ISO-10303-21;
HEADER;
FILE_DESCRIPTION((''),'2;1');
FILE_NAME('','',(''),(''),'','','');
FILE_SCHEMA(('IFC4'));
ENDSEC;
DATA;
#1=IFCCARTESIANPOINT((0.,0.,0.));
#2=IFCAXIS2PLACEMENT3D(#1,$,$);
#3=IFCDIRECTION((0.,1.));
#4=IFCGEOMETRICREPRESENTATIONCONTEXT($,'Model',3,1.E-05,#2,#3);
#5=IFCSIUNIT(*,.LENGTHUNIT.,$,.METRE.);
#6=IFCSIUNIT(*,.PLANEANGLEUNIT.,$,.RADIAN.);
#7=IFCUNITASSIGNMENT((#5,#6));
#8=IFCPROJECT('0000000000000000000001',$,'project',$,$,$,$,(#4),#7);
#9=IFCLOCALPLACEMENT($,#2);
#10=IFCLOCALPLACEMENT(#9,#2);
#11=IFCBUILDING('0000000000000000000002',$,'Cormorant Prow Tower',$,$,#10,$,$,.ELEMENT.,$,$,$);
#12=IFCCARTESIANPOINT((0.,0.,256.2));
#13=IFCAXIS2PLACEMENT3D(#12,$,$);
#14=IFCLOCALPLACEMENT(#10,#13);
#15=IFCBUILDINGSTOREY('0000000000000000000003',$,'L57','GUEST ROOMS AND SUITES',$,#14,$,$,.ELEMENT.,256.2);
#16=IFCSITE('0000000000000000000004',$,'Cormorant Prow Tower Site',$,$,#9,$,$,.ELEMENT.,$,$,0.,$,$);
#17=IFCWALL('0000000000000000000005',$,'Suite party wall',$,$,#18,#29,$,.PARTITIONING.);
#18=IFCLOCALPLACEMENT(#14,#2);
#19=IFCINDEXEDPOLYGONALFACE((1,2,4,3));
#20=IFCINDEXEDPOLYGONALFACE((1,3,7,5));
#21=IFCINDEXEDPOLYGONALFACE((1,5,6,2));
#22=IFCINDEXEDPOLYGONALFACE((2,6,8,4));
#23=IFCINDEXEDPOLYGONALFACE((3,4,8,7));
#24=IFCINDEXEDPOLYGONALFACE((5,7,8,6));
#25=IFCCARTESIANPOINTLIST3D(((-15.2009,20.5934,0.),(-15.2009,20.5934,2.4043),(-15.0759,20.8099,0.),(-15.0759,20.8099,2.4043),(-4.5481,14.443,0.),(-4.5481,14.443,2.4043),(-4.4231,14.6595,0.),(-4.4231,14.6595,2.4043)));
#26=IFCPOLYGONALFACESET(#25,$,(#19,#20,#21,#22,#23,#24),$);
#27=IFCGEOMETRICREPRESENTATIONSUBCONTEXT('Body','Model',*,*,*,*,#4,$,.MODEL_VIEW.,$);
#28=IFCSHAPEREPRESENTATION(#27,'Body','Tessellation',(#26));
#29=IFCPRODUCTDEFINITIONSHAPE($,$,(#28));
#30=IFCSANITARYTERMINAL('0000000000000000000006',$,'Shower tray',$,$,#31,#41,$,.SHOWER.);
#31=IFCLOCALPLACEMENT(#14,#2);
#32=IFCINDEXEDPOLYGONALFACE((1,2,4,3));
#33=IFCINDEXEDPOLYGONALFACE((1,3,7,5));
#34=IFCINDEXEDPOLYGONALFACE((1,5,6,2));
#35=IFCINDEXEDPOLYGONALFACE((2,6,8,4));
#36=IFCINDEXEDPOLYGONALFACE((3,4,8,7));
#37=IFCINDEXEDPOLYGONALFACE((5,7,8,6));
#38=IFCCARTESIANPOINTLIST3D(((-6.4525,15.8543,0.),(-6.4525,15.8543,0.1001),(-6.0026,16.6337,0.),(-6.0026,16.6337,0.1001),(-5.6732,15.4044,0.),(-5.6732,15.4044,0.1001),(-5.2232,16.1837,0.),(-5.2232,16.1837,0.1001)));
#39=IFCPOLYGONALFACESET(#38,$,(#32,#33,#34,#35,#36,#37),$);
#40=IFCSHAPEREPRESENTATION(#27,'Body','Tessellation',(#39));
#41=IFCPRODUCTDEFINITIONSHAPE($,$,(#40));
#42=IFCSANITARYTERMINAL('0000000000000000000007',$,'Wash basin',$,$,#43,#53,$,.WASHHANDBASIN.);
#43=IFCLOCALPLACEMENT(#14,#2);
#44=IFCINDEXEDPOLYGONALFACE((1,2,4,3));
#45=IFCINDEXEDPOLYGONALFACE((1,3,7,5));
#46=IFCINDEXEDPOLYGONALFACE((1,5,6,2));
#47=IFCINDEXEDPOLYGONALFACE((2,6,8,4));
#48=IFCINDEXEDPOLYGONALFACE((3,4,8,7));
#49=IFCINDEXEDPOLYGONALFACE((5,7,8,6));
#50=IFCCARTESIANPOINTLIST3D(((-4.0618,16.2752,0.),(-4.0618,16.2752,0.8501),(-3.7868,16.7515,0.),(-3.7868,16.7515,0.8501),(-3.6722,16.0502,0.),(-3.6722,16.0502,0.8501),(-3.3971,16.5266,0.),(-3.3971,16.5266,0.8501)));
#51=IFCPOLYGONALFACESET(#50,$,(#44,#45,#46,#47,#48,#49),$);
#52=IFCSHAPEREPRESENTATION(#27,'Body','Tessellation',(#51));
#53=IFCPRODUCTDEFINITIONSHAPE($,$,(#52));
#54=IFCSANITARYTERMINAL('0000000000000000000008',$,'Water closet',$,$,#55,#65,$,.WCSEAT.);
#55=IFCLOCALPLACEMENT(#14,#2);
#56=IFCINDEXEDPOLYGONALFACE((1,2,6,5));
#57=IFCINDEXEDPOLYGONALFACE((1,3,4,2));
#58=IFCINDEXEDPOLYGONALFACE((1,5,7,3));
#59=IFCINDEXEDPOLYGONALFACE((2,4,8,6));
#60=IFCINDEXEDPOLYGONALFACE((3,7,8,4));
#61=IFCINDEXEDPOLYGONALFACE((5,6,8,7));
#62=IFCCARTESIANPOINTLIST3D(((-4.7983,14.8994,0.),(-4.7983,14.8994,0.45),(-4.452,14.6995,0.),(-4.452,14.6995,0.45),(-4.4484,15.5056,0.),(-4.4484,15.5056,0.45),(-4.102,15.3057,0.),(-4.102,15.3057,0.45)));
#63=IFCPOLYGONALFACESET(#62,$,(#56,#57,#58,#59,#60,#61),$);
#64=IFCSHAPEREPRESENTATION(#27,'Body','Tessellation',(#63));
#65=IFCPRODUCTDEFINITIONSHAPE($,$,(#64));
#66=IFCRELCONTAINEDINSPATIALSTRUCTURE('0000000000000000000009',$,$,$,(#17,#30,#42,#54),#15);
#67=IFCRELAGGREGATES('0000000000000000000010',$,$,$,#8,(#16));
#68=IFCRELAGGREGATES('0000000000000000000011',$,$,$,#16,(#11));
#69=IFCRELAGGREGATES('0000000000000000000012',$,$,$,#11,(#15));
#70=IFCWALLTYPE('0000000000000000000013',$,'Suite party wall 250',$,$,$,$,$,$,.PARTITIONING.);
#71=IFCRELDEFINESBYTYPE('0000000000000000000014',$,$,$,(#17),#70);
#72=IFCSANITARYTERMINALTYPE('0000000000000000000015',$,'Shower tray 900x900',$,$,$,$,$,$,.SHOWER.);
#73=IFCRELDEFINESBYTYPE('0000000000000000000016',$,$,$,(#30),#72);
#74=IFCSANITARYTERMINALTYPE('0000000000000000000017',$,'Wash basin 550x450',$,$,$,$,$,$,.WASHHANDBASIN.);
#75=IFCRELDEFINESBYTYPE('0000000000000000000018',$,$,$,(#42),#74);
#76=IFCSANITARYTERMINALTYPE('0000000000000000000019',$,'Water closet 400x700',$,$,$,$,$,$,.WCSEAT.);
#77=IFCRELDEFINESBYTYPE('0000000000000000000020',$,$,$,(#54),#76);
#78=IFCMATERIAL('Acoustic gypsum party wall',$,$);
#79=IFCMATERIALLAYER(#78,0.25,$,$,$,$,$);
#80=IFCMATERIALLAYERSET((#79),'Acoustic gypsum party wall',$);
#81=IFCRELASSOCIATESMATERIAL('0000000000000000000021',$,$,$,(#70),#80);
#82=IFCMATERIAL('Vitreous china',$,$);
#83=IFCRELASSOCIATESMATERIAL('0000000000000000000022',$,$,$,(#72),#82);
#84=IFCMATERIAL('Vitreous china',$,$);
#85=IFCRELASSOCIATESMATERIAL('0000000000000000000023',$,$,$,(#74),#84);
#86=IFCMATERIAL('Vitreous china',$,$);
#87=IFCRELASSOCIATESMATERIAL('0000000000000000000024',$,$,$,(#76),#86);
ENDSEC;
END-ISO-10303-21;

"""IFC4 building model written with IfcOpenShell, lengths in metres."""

from ifc_helpers import new_model, si_unit, direction, frame, frame_2d, origin, origin_2d, place, context, subcontext, project, spatial, rectangle, extrude, material, layer, layer_set, type_object, element, save


model = new_model("IFC4")

# Units and contexts
model_context = context("Model", 3, precision=1e-05, world=origin(), true_north=direction((0.0, 1.0)))
body_context = subcontext(model_context, "Body", "Model", "MODEL_VIEW")
ifc_project = project(units=[si_unit("LENGTHUNIT", "METRE"), si_unit("PLANEANGLEUNIT", "RADIAN")], contexts=[model_context])

# Site, building, storey
site_placement = place(None, origin())
site = spatial("IfcSite", under=ifc_project, at=site_placement, Name="Cormorant Prow Tower Site", CompositionType="ELEMENT", RefElevation=0.0)
building_placement = place(site_placement, origin())
building = spatial("IfcBuilding", under=site, at=building_placement, Name="Cormorant Prow Tower", CompositionType="ELEMENT")
storey_placement = place(building_placement, frame((0.0, 0.0, 256.2)))
storey = spatial("IfcBuildingStorey", under=building, at=storey_placement, Name="L57", Description="GUEST ROOMS AND SUITES", CompositionType="ELEMENT", Elevation=256.2)

# Wall
ifc_material_1 = material(Name="Acoustic gypsum party wall")
ifc_layer_1 = layer(ifc_material_1, 0.25)
ifc_layer_set_1 = layer_set([ifc_layer_1], Name="Acoustic gypsum party wall")
wall_type_1 = type_object("IfcWallType", Name="Suite party wall 250", PredefinedType="PARTITIONING", material=ifc_layer_set_1)
wall_1_placement = place(storey_placement, frame((-15.1384, 20.7017, 0.0), z_axis=(0.0, 0.0, 1.0), x_axis=(0.866026, -0.499998, 0.0)))
element("IfcWall", 1, at=wall_1_placement, inside=storey, type_object=wall_type_1, Name="Suite party wall", PredefinedType="PARTITIONING", context=body_context, shape_type="SweptSolid", body=[
    extrude(rectangle(XDim=12.3008, YDim=0.25, at=frame_2d((6.1504, 0.0))), origin(), (0.0, 0.0, 1.0), 2.4043),
])

# Sanitary terminals
ifc_material_2 = material(Name="Vitreous china")
sanitary_terminal_type_1 = type_object("IfcSanitaryTerminalType", Name="Shower tray 900x900", PredefinedType="SHOWER", material=ifc_material_2)
sanitary_terminal_1_placement = place(storey_placement, frame((-5.8379, 16.019, 0.0), z_axis=(0.0, 0.0, 1.0), x_axis=(0.5, 0.866025, 0.0)))
element("IfcSanitaryTerminal", 2, at=sanitary_terminal_1_placement, inside=storey, type_object=sanitary_terminal_type_1, Name="Shower tray", PredefinedType="SHOWER", context=body_context, shape_type="SweptSolid", body=[
    extrude(rectangle(XDim=0.8999, YDim=0.8999, at=origin_2d()), origin(), (0.0, 0.0, 1.0), 0.1001),
])
ifc_material_3 = material(Name="Vitreous china")
sanitary_terminal_type_2 = type_object("IfcSanitaryTerminalType", Name="Wash basin 550x450", PredefinedType="WASHHANDBASIN", material=ifc_material_3)
sanitary_terminal_2_placement = place(storey_placement, frame((-3.7295, 16.4009, 0.0), z_axis=(0.0, 0.0, 1.0), x_axis=(-0.5, -0.866025, 0.0)))
element("IfcSanitaryTerminal", 3, at=sanitary_terminal_2_placement, inside=storey, type_object=sanitary_terminal_type_2, Name="Wash basin", PredefinedType="WASHHANDBASIN", context=body_context, shape_type="SweptSolid", body=[
    extrude(rectangle(XDim=0.55, YDim=0.45, at=origin_2d()), origin(), (0.0, 0.0, 1.0), 0.8501),
])
ifc_material_4 = material(Name="Vitreous china")
sanitary_terminal_type_3 = type_object("IfcSanitaryTerminalType", Name="Water closet 400x700", PredefinedType="WCSEAT", material=ifc_material_4)
sanitary_terminal_3_placement = place(storey_placement, frame((-4.4502, 15.1025, 0.0), z_axis=(0.0, 0.0, 1.0), x_axis=(-0.866025, 0.5, 0.0)))
element("IfcSanitaryTerminal", 4, at=sanitary_terminal_3_placement, inside=storey, type_object=sanitary_terminal_type_3, Name="Water closet", PredefinedType="WCSEAT", context=body_context, shape_type="SweptSolid", body=[
    extrude(rectangle(XDim=0.3999, YDim=0.7, at=origin_2d()), origin(), (0.0, 0.0, 1.0), 0.45),
])

save(model, "model.ifc")
